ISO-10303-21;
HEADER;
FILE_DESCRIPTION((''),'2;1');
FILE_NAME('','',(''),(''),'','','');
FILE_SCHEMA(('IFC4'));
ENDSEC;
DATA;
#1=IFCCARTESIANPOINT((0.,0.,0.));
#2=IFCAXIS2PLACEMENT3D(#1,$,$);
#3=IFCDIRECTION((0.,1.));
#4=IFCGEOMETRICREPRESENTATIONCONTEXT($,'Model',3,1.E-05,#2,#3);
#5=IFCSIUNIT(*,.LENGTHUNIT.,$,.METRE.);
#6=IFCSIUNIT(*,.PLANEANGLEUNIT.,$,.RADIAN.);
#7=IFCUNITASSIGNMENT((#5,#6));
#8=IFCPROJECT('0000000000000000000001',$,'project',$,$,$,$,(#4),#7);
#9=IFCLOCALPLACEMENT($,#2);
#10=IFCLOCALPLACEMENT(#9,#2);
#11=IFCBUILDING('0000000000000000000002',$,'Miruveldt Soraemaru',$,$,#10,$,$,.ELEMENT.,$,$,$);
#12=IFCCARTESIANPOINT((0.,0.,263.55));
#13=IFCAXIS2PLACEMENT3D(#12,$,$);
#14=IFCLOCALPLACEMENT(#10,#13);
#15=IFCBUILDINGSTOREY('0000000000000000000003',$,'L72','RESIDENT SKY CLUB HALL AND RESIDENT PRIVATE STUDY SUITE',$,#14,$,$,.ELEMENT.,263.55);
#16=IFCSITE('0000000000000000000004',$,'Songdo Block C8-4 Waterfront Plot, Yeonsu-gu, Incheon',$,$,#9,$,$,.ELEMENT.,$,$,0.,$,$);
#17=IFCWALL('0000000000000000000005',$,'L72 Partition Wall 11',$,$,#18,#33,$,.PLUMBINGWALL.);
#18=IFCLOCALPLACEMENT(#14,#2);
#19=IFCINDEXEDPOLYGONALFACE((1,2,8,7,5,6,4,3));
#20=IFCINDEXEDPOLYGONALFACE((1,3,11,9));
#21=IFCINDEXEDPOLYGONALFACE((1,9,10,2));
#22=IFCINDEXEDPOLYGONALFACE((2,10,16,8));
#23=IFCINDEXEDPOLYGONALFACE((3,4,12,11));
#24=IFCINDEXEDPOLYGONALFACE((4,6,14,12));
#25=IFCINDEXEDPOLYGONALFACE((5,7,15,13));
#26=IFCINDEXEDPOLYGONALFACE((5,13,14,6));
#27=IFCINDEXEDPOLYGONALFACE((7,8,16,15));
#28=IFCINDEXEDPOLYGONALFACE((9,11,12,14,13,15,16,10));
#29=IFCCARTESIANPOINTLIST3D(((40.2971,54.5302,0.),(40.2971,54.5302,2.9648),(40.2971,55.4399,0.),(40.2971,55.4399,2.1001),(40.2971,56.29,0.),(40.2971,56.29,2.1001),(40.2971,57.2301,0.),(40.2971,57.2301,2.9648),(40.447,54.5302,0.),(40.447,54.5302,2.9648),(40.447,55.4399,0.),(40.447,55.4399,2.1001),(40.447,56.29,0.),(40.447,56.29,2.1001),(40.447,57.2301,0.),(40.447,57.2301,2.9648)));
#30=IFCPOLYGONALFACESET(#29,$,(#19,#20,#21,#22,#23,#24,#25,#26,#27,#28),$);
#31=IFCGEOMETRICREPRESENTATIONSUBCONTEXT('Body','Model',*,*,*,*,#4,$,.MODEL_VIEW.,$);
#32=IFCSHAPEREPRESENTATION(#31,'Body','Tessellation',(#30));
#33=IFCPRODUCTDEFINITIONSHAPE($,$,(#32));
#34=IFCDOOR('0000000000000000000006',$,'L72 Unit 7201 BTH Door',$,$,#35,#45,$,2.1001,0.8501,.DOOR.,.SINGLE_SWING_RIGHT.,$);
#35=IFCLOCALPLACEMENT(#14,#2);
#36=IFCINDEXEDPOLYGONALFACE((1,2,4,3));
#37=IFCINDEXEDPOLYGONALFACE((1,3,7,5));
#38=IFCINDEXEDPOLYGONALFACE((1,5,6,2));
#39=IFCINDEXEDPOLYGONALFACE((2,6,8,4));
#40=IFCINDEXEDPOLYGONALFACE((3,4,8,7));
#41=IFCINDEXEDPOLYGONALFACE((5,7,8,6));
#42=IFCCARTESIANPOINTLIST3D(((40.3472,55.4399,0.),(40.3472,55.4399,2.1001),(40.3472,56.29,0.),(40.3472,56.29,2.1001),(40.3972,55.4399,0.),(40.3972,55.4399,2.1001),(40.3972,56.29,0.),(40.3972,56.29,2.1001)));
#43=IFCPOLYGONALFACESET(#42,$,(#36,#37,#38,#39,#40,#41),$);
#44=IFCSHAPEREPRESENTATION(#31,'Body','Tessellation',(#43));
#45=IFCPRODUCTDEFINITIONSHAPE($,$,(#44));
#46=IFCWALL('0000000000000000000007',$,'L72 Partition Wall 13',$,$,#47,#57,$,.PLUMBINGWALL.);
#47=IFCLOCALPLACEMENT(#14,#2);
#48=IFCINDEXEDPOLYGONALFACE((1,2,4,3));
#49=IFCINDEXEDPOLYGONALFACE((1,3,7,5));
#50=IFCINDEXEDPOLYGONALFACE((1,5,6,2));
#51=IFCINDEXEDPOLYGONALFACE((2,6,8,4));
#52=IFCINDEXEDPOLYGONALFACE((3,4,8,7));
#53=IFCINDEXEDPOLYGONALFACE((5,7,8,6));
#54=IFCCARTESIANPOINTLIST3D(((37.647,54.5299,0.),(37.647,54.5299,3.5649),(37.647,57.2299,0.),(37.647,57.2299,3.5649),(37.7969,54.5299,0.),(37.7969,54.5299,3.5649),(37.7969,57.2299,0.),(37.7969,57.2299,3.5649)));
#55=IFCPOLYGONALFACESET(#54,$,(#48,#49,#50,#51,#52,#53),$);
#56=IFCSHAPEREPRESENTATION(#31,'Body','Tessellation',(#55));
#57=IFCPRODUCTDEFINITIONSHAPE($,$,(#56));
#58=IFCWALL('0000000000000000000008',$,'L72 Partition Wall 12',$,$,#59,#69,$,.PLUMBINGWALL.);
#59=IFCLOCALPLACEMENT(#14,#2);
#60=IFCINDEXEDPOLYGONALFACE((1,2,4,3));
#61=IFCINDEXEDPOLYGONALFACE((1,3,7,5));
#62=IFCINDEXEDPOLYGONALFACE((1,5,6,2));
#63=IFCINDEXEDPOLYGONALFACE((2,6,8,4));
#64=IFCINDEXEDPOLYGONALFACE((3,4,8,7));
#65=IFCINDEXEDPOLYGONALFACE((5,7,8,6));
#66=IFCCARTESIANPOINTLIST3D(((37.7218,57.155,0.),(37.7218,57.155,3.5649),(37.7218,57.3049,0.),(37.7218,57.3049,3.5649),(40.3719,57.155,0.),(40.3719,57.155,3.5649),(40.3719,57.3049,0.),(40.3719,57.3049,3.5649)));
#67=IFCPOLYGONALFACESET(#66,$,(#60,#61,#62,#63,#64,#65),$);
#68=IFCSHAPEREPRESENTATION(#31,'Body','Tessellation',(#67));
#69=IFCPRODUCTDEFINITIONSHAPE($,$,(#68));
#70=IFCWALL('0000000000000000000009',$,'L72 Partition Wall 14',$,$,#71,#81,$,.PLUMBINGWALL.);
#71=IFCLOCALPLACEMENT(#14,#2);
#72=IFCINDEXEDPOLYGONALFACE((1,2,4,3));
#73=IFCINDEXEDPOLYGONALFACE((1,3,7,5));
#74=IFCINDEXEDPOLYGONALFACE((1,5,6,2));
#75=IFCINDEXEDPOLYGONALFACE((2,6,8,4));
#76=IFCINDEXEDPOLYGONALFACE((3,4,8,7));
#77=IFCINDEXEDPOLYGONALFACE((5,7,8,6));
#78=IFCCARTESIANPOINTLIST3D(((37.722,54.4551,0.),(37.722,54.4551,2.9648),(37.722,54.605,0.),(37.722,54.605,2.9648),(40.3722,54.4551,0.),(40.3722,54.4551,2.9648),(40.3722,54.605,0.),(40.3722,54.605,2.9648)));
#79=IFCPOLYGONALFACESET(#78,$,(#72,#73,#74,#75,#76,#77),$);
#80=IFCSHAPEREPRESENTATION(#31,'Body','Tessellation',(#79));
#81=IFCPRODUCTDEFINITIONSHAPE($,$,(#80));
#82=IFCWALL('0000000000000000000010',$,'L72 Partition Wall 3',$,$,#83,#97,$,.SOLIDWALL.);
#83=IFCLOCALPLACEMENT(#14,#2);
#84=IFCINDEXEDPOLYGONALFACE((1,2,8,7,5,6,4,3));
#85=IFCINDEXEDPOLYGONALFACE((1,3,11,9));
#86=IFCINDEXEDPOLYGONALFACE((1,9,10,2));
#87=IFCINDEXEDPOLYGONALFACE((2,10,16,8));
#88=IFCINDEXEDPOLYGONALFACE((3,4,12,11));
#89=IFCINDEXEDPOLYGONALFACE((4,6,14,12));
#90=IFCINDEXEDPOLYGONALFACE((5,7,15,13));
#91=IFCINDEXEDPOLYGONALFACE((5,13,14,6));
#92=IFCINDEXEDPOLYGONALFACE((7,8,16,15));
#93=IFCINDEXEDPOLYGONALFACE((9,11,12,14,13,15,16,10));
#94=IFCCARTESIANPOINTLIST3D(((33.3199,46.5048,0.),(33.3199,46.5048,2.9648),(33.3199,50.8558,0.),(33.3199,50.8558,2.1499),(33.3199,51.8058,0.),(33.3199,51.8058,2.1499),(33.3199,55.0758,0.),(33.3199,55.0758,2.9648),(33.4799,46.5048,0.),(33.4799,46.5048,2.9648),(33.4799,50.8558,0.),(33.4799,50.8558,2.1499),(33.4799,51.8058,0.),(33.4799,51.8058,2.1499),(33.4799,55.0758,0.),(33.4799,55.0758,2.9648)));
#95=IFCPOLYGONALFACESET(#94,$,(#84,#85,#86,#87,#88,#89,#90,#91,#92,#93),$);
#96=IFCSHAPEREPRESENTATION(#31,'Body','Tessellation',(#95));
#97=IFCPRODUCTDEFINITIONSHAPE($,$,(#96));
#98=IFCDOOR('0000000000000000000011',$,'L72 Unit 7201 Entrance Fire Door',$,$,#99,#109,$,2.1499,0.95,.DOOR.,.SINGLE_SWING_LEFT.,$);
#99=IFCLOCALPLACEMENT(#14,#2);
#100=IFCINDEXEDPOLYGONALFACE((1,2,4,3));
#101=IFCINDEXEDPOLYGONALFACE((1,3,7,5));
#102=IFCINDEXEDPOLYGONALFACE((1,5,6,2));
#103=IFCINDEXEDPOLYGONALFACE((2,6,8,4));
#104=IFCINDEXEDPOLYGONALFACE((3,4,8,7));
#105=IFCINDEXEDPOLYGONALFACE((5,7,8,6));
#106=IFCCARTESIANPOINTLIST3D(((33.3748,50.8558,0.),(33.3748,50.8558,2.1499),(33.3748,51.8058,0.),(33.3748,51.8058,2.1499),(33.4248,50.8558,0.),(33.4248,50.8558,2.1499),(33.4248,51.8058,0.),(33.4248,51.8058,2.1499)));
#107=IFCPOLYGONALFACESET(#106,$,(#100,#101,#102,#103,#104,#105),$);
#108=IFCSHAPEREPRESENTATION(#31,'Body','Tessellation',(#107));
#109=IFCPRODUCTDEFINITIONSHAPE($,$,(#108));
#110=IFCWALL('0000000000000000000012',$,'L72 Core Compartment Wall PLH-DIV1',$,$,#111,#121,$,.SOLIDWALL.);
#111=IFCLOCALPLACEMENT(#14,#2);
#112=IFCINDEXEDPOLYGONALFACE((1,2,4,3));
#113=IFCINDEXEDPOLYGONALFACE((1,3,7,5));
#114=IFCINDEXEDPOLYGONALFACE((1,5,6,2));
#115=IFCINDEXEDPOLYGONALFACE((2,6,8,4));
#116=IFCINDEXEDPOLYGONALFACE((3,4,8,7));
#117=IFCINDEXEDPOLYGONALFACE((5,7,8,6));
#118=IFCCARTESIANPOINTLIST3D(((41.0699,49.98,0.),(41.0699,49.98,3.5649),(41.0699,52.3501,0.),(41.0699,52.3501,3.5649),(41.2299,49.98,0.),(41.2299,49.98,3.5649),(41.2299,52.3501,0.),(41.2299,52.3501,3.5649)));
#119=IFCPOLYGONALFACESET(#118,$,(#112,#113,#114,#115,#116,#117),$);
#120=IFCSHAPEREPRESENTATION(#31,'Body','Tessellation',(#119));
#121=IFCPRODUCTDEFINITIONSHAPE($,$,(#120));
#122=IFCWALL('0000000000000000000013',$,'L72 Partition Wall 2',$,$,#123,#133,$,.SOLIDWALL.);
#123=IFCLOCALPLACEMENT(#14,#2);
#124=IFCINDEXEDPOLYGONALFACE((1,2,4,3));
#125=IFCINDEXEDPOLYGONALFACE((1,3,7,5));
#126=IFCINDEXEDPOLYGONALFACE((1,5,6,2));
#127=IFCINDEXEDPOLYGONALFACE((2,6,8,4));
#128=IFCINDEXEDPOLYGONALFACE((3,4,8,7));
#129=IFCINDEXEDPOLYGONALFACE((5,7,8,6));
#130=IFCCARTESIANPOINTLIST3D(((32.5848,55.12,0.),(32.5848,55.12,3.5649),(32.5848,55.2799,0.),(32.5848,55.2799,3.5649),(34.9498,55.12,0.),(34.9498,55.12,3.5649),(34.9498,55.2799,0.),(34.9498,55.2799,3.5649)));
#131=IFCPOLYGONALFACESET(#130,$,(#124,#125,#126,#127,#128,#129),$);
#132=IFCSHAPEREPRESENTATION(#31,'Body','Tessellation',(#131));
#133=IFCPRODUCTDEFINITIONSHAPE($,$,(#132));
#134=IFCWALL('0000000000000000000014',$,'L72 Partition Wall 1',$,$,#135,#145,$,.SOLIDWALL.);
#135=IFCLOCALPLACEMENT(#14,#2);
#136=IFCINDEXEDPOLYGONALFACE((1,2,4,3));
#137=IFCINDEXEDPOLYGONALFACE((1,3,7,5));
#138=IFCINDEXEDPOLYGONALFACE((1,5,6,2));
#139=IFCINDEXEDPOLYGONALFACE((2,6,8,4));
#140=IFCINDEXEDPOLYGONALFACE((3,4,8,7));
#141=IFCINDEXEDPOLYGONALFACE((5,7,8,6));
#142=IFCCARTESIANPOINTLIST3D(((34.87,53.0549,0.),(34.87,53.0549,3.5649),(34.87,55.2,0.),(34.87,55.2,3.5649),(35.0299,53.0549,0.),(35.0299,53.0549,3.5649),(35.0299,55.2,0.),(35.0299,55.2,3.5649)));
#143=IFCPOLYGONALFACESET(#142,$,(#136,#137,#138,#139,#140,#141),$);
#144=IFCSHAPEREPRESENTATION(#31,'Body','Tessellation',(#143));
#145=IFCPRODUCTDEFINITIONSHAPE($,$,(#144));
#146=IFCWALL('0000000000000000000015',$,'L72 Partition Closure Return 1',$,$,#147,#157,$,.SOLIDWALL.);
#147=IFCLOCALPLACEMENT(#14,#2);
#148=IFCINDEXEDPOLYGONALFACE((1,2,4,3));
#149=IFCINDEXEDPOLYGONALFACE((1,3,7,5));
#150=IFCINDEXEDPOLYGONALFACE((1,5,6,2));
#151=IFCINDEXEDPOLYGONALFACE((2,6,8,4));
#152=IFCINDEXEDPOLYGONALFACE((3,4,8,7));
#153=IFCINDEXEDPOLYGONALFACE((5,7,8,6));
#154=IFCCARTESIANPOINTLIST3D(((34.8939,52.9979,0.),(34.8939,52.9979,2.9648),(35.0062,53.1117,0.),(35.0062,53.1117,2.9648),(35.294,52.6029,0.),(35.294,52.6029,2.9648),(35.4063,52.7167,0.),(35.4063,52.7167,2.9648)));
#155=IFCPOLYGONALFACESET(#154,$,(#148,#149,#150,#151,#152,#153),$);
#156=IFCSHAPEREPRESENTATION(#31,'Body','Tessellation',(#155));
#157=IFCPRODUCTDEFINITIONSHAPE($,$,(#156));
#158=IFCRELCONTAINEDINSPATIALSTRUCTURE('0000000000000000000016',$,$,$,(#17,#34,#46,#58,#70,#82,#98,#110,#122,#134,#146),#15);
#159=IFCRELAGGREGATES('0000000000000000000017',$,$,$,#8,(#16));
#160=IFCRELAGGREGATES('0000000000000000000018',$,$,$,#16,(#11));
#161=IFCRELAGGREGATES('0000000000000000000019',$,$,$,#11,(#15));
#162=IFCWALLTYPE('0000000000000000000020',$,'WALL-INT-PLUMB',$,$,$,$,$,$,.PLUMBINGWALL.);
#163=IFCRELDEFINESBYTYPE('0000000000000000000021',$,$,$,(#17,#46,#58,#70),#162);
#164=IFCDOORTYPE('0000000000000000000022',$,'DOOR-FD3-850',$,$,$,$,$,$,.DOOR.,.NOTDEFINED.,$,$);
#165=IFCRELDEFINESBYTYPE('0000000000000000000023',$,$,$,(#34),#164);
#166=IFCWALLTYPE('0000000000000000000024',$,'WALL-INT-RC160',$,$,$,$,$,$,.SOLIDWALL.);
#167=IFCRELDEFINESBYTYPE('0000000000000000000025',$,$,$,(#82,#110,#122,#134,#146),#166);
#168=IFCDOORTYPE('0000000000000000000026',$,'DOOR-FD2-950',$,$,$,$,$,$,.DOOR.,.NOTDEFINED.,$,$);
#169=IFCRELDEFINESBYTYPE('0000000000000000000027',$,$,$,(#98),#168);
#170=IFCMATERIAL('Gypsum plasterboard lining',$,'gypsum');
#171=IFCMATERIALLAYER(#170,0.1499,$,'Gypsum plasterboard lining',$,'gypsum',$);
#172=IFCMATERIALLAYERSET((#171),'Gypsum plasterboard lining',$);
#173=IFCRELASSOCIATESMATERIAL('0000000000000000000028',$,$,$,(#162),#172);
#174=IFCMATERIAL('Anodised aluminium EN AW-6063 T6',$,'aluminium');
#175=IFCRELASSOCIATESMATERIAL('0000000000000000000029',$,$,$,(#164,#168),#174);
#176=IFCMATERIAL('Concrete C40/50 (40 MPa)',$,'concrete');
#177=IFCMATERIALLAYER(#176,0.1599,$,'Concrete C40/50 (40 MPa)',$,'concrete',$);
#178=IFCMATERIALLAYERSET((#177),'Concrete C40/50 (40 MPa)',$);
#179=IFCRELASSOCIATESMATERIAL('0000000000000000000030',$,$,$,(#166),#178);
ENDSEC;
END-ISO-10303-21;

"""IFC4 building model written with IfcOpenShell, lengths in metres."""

from ifc_helpers import new_model, si_unit, direction, frame, frame_2d, origin, place, context, subcontext, project, spatial, rectangle, extrude, material, layer, layer_set, type_object, element, fill, save


model = new_model("IFC4")

# Units and contexts
model_context = context("Model", 3, precision=1e-05, world=origin(), true_north=direction((0.0, 1.0)))
body_context = subcontext(model_context, "Body", "Model", "MODEL_VIEW")
ifc_project = project(units=[si_unit("LENGTHUNIT", "METRE"), si_unit("PLANEANGLEUNIT", "RADIAN")], contexts=[model_context])

# Site, building, storey
site_placement = place(None, origin())
site = spatial("IfcSite", under=ifc_project, at=site_placement, Name="Songdo Block C8-4 Waterfront Plot, Yeonsu-gu, Incheon", CompositionType="ELEMENT", RefElevation=0.0)
building_placement = place(site_placement, origin())
building = spatial("IfcBuilding", under=site, at=building_placement, Name="Miruveldt Soraemaru", CompositionType="ELEMENT")
storey_placement = place(building_placement, frame((0.0, 0.0, 263.55)))
storey = spatial("IfcBuildingStorey", under=building, at=storey_placement, Name="L72", Description="RESIDENT SKY CLUB HALL AND RESIDENT PRIVATE STUDY SUITE", CompositionType="ELEMENT", Elevation=263.55)

# Shared definitions
ifc_material_1 = material(Name="Anodised aluminium EN AW-6063 T6", Category="aluminium")

# Wall, opening, door
ifc_material_2 = material(Name="Gypsum plasterboard lining", Category="gypsum")
ifc_layer_1 = layer(ifc_material_2, 0.1499, Name="Gypsum plasterboard lining", Category="gypsum")
ifc_layer_set_1 = layer_set([ifc_layer_1], Name="Gypsum plasterboard lining")
wall_type_1 = type_object("IfcWallType", Name="WALL-INT-PLUMB", PredefinedType="PLUMBINGWALL", material=ifc_layer_set_1)
wall_1_placement = place(storey_placement, frame((40.3721, 54.53, 0.0), z_axis=(0.0, 0.0, 1.0), x_axis=(0.0, 1.0, 0.0)))
wall_1 = element("IfcWall", 1, at=wall_1_placement, inside=storey, type_object=wall_type_1, Name="L72 Partition Wall 11", PredefinedType="PLUMBINGWALL", context=body_context, shape_type="SweptSolid", body=[
    extrude(rectangle(XDim=2.7, YDim=0.1499, at=frame_2d((1.3501, 0.0))), origin(), (0.0, 0.0, 1.0), 2.9648),
])
opening_1_placement = place(wall_1_placement, frame((0.9099, 0.0, 0.0)))
opening_1 = element("IfcOpeningElement", 2, at=opening_1_placement, cuts=wall_1, PredefinedType="OPENING", context=body_context, shape_type="SweptSolid", body=[
    extrude(rectangle(XDim=0.8501, YDim=2.1001, at=frame_2d((0.425, 1.05))), frame((0.0, 0.085, 0.0), z_axis=(0.0, -1.0, 0.0), x_axis=(1.0, 0.0, 0.0)), (0.0, 0.0, 1.0), 0.1699),
])
door_type_1 = type_object("IfcDoorType", Name="DOOR-FD3-850", OperationType="NOTDEFINED", PredefinedType="DOOR", material=ifc_material_1)
door_1_placement = place(opening_1_placement, origin())
door_1 = element("IfcDoor", 3, at=door_1_placement, inside=storey, type_object=door_type_1, Name="L72 Unit 7201 BTH Door", OperationType="SINGLE_SWING_RIGHT", OverallHeight=2.1001, OverallWidth=0.8501, PredefinedType="DOOR", context=body_context, shape_type="SweptSolid", body=[
    extrude(rectangle(XDim=0.8501, YDim=2.1001, at=frame_2d((0.425, 1.05))), frame((0.0, 0.0249, 0.0), z_axis=(0.0, -1.0, 0.0), x_axis=(1.0, 0.0, 0.0)), (0.0, 0.0, 1.0), 0.05),
])
fill(opening_1, door_1)

# Walls
wall_2_placement = place(storey_placement, frame((37.7219, 57.23, 0.0), z_axis=(0.0, 0.0, 1.0), x_axis=(0.0, -1.0, 0.0)))
element("IfcWall", 4, at=wall_2_placement, inside=storey, type_object=wall_type_1, Name="L72 Partition Wall 13", PredefinedType="PLUMBINGWALL", context=body_context, shape_type="SweptSolid", body=[
    extrude(rectangle(XDim=2.7, YDim=0.1499, at=frame_2d((1.3501, 0.0))), origin(), (0.0, 0.0, 1.0), 3.5649),
])
wall_3_placement = place(storey_placement, frame((40.3721, 57.23, 0.0), z_axis=(0.0, 0.0, 1.0), x_axis=(-1.0, 0.0, 0.0)))
element("IfcWall", 5, at=wall_3_placement, inside=storey, type_object=wall_type_1, Name="L72 Partition Wall 12", PredefinedType="PLUMBINGWALL", context=body_context, shape_type="SweptSolid", body=[
    extrude(rectangle(XDim=2.6501, YDim=0.1499, at=frame_2d((1.3252, 0.0))), origin(), (0.0, 0.0, 1.0), 3.5649),
])
wall_4_placement = place(storey_placement, frame((37.7219, 54.53, 0.0), z_axis=(0.0, 0.0, 1.0), x_axis=(1.0, 0.0, 0.0)))
element("IfcWall", 6, at=wall_4_placement, inside=storey, type_object=wall_type_1, Name="L72 Partition Wall 14", PredefinedType="PLUMBINGWALL", context=body_context, shape_type="SweptSolid", body=[
    extrude(rectangle(XDim=2.6501, YDim=0.1499, at=frame_2d((1.3252, 0.0))), origin(), (0.0, 0.0, 1.0), 2.9648),
])

# Wall, opening, door
ifc_material_3 = material(Name="Concrete C40/50 (40 MPa)", Category="concrete")
ifc_layer_2 = layer(ifc_material_3, 0.1599, Name="Concrete C40/50 (40 MPa)", Category="concrete")
ifc_layer_set_2 = layer_set([ifc_layer_2], Name="Concrete C40/50 (40 MPa)")
wall_type_2 = type_object("IfcWallType", Name="WALL-INT-RC160", PredefinedType="SOLIDWALL", material=ifc_layer_set_2)
wall_5_placement = place(storey_placement, frame((33.3999, 55.0759, 0.0), z_axis=(0.0, 0.0, 1.0), x_axis=(0.0, -1.0, 0.0)))
wall_5 = element("IfcWall", 7, at=wall_5_placement, inside=storey, type_object=wall_type_2, Name="L72 Partition Wall 3", PredefinedType="SOLIDWALL", context=body_context, shape_type="SweptSolid", body=[
    extrude(rectangle(XDim=8.571, YDim=0.1599, at=frame_2d((4.2856, 0.0))), origin(), (0.0, 0.0, 1.0), 2.9648),
])
opening_2_placement = place(wall_5_placement, frame((3.27, 0.0, 0.0)))
opening_2 = element("IfcOpeningElement", 8, at=opening_2_placement, cuts=wall_5, PredefinedType="OPENING", context=body_context, shape_type="SweptSolid", body=[
    extrude(rectangle(XDim=0.95, YDim=2.1499, at=frame_2d((0.4751, 1.075))), frame((0.0, 0.0898, 0.0), z_axis=(0.0, -1.0, 0.0), x_axis=(1.0, 0.0, 0.0)), (0.0, 0.0, 1.0), 0.1799),
])
door_type_2 = type_object("IfcDoorType", Name="DOOR-FD2-950", OperationType="NOTDEFINED", PredefinedType="DOOR", material=ifc_material_1)
door_2_placement = place(opening_2_placement, origin())
door_2 = element("IfcDoor", 9, at=door_2_placement, inside=storey, type_object=door_type_2, Name="L72 Unit 7201 Entrance Fire Door", OperationType="SINGLE_SWING_LEFT", OverallHeight=2.1499, OverallWidth=0.95, PredefinedType="DOOR", context=body_context, shape_type="SweptSolid", body=[
    extrude(rectangle(XDim=0.95, YDim=2.1499, at=frame_2d((0.4751, 1.075))), frame((0.0, 0.0249, 0.0), z_axis=(0.0, -1.0, 0.0), x_axis=(1.0, 0.0, 0.0)), (0.0, 0.0, 1.0), 0.05),
])
fill(opening_2, door_2)

# Walls
wall_6_placement = place(storey_placement, frame((41.1499, 49.98, 0.0), z_axis=(0.0, 0.0, 1.0), x_axis=(0.0, 1.0, 0.0)))
element("IfcWall", 10, at=wall_6_placement, inside=storey, type_object=wall_type_2, Name="L72 Core Compartment Wall PLH-DIV1", PredefinedType="SOLIDWALL", context=body_context, shape_type="SweptSolid", body=[
    extrude(rectangle(XDim=2.3701, YDim=0.1599, at=frame_2d((1.1851, 0.0))), origin(), (0.0, 0.0, 1.0), 3.5649),
])
wall_7_placement = place(storey_placement, frame((34.95, 55.2, 0.0), z_axis=(0.0, 0.0, 1.0), x_axis=(-1.0, 0.0, 0.0)))
element("IfcWall", 11, at=wall_7_placement, inside=storey, type_object=wall_type_2, Name="L72 Partition Wall 2", PredefinedType="SOLIDWALL", context=body_context, shape_type="SweptSolid", body=[
    extrude(rectangle(XDim=2.365, YDim=0.1599, at=frame_2d((1.1826, 0.0))), origin(), (0.0, 0.0, 1.0), 3.5649),
])
wall_8_placement = place(storey_placement, frame((34.95, 53.0549, 0.0), z_axis=(0.0, 0.0, 1.0), x_axis=(0.0, 1.0, 0.0)))
element("IfcWall", 12, at=wall_8_placement, inside=storey, type_object=wall_type_2, Name="L72 Partition Wall 1", PredefinedType="SOLIDWALL", context=body_context, shape_type="SweptSolid", body=[
    extrude(rectangle(XDim=2.145, YDim=0.1599, at=frame_2d((1.0725, 0.0))), origin(), (0.0, 0.0, 1.0), 3.5649),
])
wall_9_placement = place(storey_placement, frame((34.95, 53.0549, 0.0), z_axis=(0.0, 0.0, 1.0), x_axis=(0.711651, -0.702533, 0.0)))
element("IfcWall", 13, at=wall_9_placement, inside=storey, type_object=wall_type_2, Name="L72 Partition Closure Return 1", PredefinedType="SOLIDWALL", context=body_context, shape_type="SweptSolid", body=[
    extrude(rectangle(XDim=0.5623, YDim=0.1599, at=frame_2d((0.2812, 0.0))), origin(), (0.0, 0.0, 1.0), 2.9648),
])

save(model, "model.ifc")
